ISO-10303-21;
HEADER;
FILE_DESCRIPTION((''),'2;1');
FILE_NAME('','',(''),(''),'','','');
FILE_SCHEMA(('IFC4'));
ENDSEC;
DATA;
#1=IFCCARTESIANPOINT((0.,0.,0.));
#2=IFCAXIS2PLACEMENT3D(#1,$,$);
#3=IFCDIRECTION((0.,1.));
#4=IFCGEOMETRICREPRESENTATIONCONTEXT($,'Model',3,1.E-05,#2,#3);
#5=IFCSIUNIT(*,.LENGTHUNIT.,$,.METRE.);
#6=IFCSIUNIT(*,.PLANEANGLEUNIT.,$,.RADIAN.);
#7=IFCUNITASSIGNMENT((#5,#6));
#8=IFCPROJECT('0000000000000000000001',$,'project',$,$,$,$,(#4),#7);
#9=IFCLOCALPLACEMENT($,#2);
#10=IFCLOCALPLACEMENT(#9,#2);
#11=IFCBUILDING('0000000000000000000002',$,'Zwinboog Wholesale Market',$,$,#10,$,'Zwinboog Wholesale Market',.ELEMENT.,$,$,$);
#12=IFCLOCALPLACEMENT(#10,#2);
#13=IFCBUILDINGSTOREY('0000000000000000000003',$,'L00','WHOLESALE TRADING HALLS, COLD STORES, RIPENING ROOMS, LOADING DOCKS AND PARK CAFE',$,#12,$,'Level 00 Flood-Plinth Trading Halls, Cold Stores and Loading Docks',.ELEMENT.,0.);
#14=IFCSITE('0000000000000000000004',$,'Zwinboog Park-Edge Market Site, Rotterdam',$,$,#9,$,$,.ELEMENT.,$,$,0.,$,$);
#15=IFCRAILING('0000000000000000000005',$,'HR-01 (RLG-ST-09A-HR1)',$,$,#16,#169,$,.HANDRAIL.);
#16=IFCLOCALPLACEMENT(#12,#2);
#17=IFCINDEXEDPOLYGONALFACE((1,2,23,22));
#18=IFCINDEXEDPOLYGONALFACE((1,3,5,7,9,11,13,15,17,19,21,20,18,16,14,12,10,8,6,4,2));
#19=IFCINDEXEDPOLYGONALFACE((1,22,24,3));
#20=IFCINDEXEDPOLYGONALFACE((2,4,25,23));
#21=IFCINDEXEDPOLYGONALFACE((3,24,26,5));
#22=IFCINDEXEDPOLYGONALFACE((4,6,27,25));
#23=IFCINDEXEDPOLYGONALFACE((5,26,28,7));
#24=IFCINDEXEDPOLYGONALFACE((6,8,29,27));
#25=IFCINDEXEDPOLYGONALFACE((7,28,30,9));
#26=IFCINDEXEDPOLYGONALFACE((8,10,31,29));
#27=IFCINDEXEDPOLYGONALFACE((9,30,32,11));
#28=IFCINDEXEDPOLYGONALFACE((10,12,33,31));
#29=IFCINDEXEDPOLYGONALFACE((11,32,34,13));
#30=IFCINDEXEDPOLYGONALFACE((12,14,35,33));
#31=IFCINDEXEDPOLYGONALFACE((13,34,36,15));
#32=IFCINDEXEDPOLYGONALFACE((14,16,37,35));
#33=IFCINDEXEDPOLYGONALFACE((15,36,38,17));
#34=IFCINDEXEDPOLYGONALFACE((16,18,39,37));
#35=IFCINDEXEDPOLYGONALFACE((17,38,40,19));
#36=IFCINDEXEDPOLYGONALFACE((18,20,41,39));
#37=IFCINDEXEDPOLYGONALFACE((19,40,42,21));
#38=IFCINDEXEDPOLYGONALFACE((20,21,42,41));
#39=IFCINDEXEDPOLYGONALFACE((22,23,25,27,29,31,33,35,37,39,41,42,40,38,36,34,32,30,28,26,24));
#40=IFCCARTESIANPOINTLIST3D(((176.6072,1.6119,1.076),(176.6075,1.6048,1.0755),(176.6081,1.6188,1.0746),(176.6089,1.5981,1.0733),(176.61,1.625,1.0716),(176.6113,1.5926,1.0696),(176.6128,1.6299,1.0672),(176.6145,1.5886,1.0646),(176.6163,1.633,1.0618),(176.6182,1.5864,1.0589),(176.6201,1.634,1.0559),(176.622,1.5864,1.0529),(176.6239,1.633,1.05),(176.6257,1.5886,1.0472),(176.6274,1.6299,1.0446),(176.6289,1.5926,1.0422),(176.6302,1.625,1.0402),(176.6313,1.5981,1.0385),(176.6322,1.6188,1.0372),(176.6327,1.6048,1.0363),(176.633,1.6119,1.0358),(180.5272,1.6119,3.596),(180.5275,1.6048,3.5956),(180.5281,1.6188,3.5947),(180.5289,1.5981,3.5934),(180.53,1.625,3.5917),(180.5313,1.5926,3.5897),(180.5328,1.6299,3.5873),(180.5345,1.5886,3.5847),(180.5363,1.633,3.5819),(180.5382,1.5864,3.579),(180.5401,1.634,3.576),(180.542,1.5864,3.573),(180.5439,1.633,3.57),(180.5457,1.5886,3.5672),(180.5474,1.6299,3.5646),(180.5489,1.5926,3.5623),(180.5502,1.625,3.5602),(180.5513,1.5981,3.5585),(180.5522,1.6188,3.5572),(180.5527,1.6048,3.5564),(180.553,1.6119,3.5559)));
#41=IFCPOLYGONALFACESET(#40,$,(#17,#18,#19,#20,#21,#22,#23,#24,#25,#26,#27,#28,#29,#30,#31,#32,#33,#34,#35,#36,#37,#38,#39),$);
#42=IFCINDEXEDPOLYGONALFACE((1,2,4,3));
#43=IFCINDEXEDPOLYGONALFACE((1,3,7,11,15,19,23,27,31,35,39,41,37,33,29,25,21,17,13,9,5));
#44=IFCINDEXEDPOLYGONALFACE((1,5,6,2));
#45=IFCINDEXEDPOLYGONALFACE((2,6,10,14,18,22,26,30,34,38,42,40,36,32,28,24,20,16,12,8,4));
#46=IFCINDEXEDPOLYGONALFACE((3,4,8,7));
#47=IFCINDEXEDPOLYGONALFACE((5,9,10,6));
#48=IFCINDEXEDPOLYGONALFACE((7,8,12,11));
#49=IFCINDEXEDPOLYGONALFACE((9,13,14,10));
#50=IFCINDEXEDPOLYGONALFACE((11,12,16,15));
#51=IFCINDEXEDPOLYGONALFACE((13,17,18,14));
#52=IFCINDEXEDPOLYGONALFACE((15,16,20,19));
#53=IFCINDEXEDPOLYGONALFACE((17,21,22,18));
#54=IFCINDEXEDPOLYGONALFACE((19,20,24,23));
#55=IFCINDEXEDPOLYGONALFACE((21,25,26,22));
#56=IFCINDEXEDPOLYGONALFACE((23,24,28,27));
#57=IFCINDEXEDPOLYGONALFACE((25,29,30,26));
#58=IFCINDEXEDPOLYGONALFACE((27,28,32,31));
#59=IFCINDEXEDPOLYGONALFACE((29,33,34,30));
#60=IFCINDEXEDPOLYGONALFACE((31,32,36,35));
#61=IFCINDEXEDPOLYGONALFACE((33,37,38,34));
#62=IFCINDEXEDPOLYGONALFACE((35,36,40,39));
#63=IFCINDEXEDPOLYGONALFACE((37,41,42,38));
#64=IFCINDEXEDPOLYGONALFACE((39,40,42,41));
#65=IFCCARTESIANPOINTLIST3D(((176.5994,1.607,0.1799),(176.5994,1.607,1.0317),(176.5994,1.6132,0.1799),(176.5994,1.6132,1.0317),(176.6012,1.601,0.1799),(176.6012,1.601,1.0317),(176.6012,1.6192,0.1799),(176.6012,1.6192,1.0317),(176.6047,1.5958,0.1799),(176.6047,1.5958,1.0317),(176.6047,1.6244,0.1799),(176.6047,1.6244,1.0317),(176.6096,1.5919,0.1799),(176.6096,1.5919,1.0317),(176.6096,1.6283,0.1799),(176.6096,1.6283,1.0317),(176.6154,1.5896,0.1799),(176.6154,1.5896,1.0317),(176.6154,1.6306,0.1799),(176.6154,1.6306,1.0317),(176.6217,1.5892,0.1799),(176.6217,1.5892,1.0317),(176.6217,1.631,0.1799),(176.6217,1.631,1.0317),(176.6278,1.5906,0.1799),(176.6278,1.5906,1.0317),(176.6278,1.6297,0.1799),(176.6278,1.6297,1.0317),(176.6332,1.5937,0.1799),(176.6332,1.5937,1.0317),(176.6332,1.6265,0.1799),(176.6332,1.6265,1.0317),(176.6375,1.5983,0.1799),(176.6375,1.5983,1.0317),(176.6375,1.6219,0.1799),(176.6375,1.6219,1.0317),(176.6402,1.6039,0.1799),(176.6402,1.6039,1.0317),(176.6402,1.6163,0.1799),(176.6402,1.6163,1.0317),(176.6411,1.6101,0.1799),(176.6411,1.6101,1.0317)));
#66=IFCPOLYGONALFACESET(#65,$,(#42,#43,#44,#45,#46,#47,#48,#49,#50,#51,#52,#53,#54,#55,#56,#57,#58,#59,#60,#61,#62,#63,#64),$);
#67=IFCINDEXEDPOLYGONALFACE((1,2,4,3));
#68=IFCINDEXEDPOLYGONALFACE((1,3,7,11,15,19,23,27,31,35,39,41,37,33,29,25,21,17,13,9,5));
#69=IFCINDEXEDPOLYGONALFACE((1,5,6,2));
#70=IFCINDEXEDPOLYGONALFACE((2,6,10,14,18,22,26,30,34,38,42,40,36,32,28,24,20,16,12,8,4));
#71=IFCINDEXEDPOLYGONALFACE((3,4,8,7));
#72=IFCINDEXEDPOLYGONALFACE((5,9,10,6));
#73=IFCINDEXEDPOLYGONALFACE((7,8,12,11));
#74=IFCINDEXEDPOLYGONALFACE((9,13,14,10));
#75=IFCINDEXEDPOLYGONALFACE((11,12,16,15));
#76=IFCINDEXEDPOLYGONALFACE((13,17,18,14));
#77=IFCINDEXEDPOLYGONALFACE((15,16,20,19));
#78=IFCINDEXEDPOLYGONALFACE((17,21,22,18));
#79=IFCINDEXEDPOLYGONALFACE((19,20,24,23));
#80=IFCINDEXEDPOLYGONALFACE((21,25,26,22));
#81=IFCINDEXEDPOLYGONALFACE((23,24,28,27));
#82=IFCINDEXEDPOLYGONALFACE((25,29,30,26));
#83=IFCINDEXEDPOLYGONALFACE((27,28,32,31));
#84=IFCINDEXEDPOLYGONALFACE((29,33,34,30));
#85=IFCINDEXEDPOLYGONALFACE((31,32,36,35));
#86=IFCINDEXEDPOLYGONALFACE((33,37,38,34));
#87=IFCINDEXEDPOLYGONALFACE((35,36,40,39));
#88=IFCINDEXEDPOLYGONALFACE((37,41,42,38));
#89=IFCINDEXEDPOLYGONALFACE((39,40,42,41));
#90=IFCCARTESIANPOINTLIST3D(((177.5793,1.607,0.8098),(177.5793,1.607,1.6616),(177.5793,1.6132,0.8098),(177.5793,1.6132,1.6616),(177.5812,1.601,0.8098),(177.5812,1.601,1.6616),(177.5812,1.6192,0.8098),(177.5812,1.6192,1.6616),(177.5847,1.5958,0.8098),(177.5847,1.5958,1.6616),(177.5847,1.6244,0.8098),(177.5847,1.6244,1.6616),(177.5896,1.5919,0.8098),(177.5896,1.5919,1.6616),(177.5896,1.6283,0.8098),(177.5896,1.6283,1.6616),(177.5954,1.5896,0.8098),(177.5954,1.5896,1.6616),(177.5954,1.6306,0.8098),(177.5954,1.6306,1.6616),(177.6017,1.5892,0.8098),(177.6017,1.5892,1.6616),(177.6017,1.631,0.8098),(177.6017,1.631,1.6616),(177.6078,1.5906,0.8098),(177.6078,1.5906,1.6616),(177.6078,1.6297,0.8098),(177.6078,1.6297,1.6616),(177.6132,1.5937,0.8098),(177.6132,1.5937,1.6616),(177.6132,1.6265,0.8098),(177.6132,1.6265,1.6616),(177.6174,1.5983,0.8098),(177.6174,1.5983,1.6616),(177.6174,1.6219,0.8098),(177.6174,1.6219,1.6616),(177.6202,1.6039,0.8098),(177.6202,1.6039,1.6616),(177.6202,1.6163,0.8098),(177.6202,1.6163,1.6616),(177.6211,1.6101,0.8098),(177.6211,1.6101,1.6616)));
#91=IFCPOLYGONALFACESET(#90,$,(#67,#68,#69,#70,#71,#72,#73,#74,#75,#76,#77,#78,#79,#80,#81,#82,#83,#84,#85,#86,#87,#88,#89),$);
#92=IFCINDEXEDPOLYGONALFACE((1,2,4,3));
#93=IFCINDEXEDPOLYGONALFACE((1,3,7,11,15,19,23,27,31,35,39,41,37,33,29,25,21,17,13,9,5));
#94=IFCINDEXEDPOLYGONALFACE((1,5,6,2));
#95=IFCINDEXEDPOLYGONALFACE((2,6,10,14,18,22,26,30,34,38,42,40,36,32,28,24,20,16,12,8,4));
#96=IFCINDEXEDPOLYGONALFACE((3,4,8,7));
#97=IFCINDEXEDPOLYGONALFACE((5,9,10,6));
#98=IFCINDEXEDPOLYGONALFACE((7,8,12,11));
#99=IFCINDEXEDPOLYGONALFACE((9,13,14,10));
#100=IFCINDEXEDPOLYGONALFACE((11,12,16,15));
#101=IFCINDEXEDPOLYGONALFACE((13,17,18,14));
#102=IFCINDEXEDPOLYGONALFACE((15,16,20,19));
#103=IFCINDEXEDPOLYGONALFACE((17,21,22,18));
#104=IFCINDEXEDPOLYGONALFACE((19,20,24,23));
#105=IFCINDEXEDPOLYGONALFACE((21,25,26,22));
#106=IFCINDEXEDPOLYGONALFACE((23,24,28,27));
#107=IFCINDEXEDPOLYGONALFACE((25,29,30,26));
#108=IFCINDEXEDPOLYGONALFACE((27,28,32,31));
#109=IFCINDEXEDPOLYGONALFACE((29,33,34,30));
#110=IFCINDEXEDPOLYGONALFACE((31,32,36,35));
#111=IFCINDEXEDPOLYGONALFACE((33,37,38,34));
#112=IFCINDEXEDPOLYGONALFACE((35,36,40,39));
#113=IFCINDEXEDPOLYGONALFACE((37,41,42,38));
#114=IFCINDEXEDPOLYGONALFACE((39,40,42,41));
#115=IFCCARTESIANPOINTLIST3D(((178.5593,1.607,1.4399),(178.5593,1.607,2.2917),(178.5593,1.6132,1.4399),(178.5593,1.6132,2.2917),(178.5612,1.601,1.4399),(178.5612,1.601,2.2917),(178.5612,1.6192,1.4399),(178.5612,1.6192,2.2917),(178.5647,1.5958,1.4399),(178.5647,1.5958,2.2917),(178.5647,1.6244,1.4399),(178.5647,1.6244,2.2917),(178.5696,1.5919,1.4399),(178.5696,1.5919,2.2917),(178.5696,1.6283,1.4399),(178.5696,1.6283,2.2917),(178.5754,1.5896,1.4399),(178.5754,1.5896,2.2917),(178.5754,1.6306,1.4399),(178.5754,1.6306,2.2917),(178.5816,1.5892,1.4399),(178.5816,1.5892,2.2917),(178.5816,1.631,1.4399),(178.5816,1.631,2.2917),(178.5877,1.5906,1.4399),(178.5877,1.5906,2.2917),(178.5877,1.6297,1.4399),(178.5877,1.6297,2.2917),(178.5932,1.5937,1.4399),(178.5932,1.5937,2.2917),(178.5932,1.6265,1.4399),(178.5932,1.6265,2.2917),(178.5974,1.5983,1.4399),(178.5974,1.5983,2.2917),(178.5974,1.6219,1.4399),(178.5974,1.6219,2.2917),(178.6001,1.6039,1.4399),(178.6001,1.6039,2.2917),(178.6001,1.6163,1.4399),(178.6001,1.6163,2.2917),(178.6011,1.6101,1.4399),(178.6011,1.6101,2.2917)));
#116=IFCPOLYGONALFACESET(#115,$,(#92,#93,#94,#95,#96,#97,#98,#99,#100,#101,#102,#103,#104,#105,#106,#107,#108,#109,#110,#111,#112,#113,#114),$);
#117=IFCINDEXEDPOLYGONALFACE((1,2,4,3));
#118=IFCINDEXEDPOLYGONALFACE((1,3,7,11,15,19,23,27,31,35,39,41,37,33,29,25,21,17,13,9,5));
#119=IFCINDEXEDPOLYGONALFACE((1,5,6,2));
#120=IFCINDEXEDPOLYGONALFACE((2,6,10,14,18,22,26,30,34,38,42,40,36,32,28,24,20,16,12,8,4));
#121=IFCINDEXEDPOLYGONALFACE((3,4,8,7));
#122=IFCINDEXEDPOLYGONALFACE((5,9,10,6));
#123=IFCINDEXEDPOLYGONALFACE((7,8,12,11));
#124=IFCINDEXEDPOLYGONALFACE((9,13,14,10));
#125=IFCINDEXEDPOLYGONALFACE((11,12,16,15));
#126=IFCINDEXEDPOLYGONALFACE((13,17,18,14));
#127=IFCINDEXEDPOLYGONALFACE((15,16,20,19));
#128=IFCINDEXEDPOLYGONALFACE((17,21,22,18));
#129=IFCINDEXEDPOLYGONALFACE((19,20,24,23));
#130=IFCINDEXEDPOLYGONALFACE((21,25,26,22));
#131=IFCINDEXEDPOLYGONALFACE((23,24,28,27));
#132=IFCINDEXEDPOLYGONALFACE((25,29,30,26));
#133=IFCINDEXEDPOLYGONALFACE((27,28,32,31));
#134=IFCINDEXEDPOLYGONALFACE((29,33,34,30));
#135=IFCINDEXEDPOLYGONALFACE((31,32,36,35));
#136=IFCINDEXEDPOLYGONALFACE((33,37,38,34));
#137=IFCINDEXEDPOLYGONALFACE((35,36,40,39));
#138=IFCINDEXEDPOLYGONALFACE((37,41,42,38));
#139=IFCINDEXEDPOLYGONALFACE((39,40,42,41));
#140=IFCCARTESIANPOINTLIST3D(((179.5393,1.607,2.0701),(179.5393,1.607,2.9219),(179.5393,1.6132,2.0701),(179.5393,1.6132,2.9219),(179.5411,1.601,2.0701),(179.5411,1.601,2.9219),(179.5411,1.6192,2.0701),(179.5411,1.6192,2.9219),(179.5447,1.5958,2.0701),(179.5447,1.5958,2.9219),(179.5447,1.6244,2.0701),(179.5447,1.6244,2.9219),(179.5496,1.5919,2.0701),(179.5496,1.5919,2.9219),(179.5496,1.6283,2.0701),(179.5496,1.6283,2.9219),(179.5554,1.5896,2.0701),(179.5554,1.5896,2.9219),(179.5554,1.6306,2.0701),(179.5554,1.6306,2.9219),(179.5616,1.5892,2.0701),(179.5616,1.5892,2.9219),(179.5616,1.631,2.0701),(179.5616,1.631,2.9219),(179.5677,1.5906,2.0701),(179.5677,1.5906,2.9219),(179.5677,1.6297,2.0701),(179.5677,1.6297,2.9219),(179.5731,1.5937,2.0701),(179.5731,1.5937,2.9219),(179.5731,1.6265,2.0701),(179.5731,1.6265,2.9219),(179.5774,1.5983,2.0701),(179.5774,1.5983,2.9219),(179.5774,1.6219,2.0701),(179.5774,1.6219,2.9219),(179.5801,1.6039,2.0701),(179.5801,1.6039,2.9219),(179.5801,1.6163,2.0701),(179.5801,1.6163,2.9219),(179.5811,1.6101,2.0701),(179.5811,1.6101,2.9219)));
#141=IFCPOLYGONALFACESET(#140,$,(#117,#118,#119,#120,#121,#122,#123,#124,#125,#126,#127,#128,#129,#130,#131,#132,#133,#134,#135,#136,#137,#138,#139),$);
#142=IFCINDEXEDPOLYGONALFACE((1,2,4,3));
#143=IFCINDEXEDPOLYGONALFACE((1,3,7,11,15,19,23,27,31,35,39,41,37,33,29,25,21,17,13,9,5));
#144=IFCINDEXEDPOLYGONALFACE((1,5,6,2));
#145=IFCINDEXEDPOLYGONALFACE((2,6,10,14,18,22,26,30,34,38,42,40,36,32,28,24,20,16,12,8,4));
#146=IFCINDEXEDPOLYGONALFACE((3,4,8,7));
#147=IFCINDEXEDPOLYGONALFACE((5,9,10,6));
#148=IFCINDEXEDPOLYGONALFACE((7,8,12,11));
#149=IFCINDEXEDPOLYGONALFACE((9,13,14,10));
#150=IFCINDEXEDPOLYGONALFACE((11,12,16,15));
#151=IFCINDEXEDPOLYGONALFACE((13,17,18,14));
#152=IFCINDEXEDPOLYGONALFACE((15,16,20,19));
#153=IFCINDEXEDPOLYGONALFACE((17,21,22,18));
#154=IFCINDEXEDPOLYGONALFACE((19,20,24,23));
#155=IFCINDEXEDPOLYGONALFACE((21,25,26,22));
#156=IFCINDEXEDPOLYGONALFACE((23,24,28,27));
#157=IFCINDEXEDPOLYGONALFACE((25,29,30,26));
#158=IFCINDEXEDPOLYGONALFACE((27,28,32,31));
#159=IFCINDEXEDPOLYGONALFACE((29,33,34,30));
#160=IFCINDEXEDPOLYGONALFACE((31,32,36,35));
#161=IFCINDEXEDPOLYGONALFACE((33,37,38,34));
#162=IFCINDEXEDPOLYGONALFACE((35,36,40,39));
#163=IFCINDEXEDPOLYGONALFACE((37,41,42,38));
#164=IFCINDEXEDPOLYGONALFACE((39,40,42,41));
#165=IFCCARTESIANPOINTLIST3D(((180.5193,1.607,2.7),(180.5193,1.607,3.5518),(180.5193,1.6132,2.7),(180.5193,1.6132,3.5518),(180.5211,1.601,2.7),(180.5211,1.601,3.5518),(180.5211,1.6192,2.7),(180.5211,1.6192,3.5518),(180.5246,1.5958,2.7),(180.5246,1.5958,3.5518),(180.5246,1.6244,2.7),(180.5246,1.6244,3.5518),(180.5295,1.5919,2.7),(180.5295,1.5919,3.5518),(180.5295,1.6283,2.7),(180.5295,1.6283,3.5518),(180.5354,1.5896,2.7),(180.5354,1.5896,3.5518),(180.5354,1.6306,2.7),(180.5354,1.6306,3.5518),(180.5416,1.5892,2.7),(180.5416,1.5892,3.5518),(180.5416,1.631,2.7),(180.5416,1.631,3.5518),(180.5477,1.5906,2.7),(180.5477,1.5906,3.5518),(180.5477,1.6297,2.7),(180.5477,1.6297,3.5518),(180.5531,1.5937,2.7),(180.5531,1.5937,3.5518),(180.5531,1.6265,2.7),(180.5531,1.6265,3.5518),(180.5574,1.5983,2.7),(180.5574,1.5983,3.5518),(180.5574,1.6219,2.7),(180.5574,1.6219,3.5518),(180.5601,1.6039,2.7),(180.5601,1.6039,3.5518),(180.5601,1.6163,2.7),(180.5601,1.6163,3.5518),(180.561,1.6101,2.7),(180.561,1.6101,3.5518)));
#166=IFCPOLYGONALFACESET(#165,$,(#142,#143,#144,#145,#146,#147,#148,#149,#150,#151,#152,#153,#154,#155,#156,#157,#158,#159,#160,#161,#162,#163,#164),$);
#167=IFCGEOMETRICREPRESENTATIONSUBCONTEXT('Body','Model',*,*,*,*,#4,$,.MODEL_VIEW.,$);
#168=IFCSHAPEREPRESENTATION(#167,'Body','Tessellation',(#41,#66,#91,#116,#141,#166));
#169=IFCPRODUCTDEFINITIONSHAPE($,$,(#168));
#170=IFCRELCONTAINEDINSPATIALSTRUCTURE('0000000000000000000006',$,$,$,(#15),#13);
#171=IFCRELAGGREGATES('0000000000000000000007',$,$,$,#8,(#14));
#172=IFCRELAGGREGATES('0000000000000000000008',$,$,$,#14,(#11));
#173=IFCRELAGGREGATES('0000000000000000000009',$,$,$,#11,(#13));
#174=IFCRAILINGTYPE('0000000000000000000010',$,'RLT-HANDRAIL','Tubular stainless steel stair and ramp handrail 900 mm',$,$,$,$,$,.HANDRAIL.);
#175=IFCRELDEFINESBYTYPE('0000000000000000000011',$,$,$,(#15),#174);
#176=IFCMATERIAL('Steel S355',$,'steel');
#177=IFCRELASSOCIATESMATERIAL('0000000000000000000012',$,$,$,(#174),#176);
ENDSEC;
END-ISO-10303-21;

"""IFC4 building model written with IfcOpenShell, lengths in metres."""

from ifc_helpers import new_model, si_unit, direction, frame, origin, origin_2d, place, context, subcontext, project, spatial, circle, extrude, material, type_object, element, save


model = new_model("IFC4")

# Units and contexts
model_context = context("Model", 3, precision=1e-05, world=origin(), true_north=direction((0.0, 1.0)))
body_context = subcontext(model_context, "Body", "Model", "MODEL_VIEW")
ifc_project = project(units=[si_unit("LENGTHUNIT", "METRE"), si_unit("PLANEANGLEUNIT", "RADIAN")], contexts=[model_context])

# Site, building, storey
site_placement = place(None, origin())
site = spatial("IfcSite", under=ifc_project, at=site_placement, Name="Zwinboog Park-Edge Market Site, Rotterdam", CompositionType="ELEMENT", RefElevation=0.0)
building_placement = place(site_placement, origin())
building = spatial("IfcBuilding", under=site, at=building_placement, Name="Zwinboog Wholesale Market", LongName="Zwinboog Wholesale Market", CompositionType="ELEMENT")
storey_placement = place(building_placement, origin())
storey = spatial("IfcBuildingStorey", under=building, at=storey_placement, Name="L00", Description="WHOLESALE TRADING HALLS, COLD STORES, RIPENING ROOMS, LOADING DOCKS AND PARK CAFE", LongName="Level 00 Flood-Plinth Trading Halls, Cold Stores and Loading Docks", CompositionType="ELEMENT", Elevation=0.0)

# Railing
ifc_material_1 = material(Name="Steel S355", Category="steel")
railing_type_1 = type_object("IfcRailingType", Name="RLT-HANDRAIL", Description="Tubular stainless steel stair and ramp handrail 900 mm", PredefinedType="HANDRAIL", material=ifc_material_1)
railing_1_placement = place(storey_placement, frame((176.6201, 1.6101, 0.1799)))
element("IfcRailing", 1, at=railing_1_placement, inside=storey, type_object=railing_type_1, Name="HR-01 (RLG-ST-09A-HR1)", PredefinedType="HANDRAIL", context=body_context, shape_type="SweptSolid", body=[
    extrude(circle(Radius=0.0239, at=origin_2d()), frame((0.0, 0.0, 0.876), z_axis=(0.841172, 0.0, 0.540768), x_axis=(0.0, 1.0, 0.0)), (0.0, 0.0, 1.0), 4.6602),
    extrude(circle(Radius=0.021, at=origin_2d()), origin(), (0.0, 0.0, 1.0), 0.8518),
    extrude(circle(Radius=0.021, at=origin_2d()), frame((0.98, 0.0, 0.6299)), (0.0, 0.0, 1.0), 0.8518),
    extrude(circle(Radius=0.021, at=origin_2d()), frame((1.96, 0.0, 1.26)), (0.0, 0.0, 1.0), 0.8518),
    extrude(circle(Radius=0.021, at=origin_2d()), frame((2.9399, 0.0, 1.8901)), (0.0, 0.0, 1.0), 0.8518),
    extrude(circle(Radius=0.021, at=origin_2d()), frame((3.9199, 0.0, 2.52)), (0.0, 0.0, 1.0), 0.8518),
])

save(model, "model.ifc")
